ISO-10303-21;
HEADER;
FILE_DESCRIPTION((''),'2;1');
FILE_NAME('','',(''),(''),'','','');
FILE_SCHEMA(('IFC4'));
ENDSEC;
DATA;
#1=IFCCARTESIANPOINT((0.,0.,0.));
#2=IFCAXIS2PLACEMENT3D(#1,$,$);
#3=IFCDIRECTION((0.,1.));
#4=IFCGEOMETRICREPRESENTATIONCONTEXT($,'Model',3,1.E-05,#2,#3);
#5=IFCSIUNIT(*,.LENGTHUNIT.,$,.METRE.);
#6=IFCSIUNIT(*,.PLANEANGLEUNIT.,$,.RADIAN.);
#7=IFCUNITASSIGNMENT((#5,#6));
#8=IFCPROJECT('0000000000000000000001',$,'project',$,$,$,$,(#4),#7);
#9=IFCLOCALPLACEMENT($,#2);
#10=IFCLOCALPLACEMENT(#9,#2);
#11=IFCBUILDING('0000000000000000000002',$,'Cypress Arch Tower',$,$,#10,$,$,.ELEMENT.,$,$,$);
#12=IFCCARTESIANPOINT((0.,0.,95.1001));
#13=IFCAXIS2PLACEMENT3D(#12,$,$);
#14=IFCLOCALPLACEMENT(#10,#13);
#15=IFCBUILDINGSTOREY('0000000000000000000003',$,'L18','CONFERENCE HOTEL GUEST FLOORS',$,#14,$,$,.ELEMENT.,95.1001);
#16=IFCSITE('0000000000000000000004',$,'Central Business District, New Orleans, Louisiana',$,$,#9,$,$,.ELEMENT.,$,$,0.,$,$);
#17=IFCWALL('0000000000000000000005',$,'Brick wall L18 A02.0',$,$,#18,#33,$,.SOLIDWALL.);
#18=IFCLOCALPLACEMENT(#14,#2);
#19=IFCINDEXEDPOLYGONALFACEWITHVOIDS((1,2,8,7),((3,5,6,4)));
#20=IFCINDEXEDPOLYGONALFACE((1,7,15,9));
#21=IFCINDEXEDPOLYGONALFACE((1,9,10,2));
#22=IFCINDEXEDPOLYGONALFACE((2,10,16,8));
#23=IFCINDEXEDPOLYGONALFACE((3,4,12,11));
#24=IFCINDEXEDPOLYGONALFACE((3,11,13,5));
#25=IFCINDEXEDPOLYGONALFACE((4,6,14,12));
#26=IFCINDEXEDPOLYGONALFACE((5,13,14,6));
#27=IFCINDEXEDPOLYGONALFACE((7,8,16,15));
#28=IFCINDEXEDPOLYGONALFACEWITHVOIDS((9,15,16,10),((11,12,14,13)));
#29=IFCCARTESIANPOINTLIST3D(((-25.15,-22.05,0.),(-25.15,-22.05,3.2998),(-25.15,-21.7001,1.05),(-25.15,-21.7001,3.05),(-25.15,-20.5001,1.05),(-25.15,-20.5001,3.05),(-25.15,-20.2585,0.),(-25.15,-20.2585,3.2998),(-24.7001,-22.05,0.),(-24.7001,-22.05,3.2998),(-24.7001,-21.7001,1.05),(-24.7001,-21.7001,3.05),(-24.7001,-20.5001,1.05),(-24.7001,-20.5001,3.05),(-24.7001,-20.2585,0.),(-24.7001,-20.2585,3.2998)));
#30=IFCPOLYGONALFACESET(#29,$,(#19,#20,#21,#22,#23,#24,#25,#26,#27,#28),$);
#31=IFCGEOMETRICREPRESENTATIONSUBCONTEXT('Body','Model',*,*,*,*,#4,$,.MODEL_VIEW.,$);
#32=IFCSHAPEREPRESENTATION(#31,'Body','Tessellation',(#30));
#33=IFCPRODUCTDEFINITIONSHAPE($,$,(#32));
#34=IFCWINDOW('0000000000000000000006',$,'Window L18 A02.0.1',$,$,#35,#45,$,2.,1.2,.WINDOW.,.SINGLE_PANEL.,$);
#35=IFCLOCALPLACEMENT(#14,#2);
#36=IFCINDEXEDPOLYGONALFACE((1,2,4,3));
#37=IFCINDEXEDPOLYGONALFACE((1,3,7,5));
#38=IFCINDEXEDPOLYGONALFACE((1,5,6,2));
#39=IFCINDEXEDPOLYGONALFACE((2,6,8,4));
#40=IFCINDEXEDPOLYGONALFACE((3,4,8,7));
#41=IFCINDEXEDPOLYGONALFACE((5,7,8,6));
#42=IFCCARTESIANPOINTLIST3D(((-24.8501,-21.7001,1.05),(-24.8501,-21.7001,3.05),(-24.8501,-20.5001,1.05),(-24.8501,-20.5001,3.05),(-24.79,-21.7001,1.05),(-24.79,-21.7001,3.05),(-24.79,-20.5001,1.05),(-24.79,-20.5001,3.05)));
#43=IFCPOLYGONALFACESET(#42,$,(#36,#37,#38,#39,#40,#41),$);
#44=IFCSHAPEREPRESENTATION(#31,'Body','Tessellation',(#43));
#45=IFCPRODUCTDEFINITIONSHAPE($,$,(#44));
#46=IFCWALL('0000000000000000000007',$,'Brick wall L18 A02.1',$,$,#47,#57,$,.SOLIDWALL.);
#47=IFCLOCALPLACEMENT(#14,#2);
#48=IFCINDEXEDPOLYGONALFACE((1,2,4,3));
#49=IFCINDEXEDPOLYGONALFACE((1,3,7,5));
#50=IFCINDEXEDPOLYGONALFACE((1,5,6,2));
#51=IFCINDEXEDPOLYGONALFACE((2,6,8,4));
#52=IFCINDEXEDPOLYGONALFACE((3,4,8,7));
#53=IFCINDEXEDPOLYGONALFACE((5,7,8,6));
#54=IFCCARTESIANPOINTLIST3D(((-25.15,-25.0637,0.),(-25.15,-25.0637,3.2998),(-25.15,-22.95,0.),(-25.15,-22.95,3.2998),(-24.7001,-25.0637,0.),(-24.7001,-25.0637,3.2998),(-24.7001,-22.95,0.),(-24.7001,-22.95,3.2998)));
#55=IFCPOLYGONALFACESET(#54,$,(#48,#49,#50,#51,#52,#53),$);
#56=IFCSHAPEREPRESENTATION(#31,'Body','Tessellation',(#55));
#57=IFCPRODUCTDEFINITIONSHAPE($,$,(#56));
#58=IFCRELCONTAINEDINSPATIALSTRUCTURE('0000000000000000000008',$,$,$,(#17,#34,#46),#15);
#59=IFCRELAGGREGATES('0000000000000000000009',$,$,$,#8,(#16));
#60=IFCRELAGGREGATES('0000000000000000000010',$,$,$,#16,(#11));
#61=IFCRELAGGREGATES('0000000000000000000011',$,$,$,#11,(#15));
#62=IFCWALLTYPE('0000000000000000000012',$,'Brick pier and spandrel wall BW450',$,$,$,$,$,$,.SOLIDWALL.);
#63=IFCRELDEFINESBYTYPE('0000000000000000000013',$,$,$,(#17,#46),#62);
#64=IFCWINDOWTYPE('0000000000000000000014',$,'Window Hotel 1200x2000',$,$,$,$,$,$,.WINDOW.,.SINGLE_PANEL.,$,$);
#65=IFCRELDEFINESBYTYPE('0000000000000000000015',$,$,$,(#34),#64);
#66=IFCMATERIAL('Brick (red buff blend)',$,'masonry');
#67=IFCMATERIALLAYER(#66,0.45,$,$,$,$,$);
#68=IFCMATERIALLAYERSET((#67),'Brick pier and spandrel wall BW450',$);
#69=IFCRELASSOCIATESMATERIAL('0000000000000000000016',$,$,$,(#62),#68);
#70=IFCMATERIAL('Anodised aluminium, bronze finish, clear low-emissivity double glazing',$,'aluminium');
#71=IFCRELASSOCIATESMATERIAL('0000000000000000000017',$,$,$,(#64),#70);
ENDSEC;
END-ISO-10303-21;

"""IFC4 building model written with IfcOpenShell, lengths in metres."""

from ifc_helpers import new_model, si_unit, direction, frame, frame_2d, origin, place, context, subcontext, project, spatial, rectangle, extrude, material, layer, layer_set, type_object, element, fill, save


model = new_model("IFC4")

# Units and contexts
model_context = context("Model", 3, precision=1e-05, world=origin(), true_north=direction((0.0, 1.0)))
body_context = subcontext(model_context, "Body", "Model", "MODEL_VIEW")
ifc_project = project(units=[si_unit("LENGTHUNIT", "METRE"), si_unit("PLANEANGLEUNIT", "RADIAN")], contexts=[model_context])

# Site, building, storey
site_placement = place(None, origin())
site = spatial("IfcSite", under=ifc_project, at=site_placement, Name="Central Business District, New Orleans, Louisiana", CompositionType="ELEMENT", RefElevation=0.0)
building_placement = place(site_placement, origin())
building = spatial("IfcBuilding", under=site, at=building_placement, Name="Cypress Arch Tower", CompositionType="ELEMENT")
storey_placement = place(building_placement, frame((0.0, 0.0, 95.1001)))
storey = spatial("IfcBuildingStorey", under=building, at=storey_placement, Name="L18", Description="CONFERENCE HOTEL GUEST FLOORS", CompositionType="ELEMENT", Elevation=95.1001)

# Wall, opening, window
ifc_material_1 = material(Name="Brick (red buff blend)", Category="masonry")
ifc_layer_1 = layer(ifc_material_1, 0.45)
ifc_layer_set_1 = layer_set([ifc_layer_1], Name="Brick pier and spandrel wall BW450")
wall_type_1 = type_object("IfcWallType", Name="Brick pier and spandrel wall BW450", PredefinedType="SOLIDWALL", material=ifc_layer_set_1)
wall_1_placement = place(storey_placement, frame((-24.925, -20.2585, 0.0), z_axis=(0.0, 0.0, 1.0), x_axis=(0.0, -1.0, 0.0)))
wall_1 = element("IfcWall", 1, at=wall_1_placement, inside=storey, type_object=wall_type_1, Name="Brick wall L18 A02.0", PredefinedType="SOLIDWALL", context=body_context, shape_type="SweptSolid", body=[
    extrude(rectangle(XDim=1.7915, YDim=0.45, at=frame_2d((0.8958, 0.0))), origin(), (0.0, 0.0, 1.0), 3.2998),
])
opening_1_placement = place(wall_1_placement, frame((0.2415, 0.0, 1.05)))
opening_1 = element("IfcOpeningElement", 2, at=opening_1_placement, cuts=wall_1, PredefinedType="OPENING", context=body_context, shape_type="SweptSolid", body=[
    extrude(rectangle(XDim=1.2, YDim=2.0, at=frame_2d((0.6001, 1.0))), frame((0.0, 0.2349, 0.0), z_axis=(0.0, -1.0, 0.0), x_axis=(1.0, 0.0, 0.0)), (0.0, 0.0, 1.0), 0.47),
])
ifc_material_2 = material(Name="Anodised aluminium, bronze finish, clear low-emissivity double glazing", Category="aluminium")
window_type_1 = type_object("IfcWindowType", Name="Window Hotel 1200x2000", PartitioningType="SINGLE_PANEL", PredefinedType="WINDOW", material=ifc_material_2)
window_1_placement = place(opening_1_placement, origin())
window_1 = element("IfcWindow", 3, at=window_1_placement, inside=storey, type_object=window_type_1, Name="Window L18 A02.0.1", OverallHeight=2.0, OverallWidth=1.2, PartitioningType="SINGLE_PANEL", PredefinedType="WINDOW", context=body_context, shape_type="SweptSolid", body=[
    extrude(rectangle(XDim=1.2, YDim=2.0, at=frame_2d((0.6001, 1.0))), frame((0.0, 0.135, 0.0), z_axis=(0.0, -1.0, 0.0), x_axis=(1.0, 0.0, 0.0)), (0.0, 0.0, 1.0), 0.0601),
])
fill(opening_1, window_1)

# Wall
wall_2_placement = place(storey_placement, frame((-24.925, -22.95, 0.0), z_axis=(0.0, 0.0, 1.0), x_axis=(0.0, -1.0, 0.0)))
element("IfcWall", 4, at=wall_2_placement, inside=storey, type_object=wall_type_1, Name="Brick wall L18 A02.1", PredefinedType="SOLIDWALL", context=body_context, shape_type="SweptSolid", body=[
    extrude(rectangle(XDim=2.1138, YDim=0.45, at=frame_2d((1.0569, 0.0))), origin(), (0.0, 0.0, 1.0), 3.2998),
])

save(model, "model.ifc")
